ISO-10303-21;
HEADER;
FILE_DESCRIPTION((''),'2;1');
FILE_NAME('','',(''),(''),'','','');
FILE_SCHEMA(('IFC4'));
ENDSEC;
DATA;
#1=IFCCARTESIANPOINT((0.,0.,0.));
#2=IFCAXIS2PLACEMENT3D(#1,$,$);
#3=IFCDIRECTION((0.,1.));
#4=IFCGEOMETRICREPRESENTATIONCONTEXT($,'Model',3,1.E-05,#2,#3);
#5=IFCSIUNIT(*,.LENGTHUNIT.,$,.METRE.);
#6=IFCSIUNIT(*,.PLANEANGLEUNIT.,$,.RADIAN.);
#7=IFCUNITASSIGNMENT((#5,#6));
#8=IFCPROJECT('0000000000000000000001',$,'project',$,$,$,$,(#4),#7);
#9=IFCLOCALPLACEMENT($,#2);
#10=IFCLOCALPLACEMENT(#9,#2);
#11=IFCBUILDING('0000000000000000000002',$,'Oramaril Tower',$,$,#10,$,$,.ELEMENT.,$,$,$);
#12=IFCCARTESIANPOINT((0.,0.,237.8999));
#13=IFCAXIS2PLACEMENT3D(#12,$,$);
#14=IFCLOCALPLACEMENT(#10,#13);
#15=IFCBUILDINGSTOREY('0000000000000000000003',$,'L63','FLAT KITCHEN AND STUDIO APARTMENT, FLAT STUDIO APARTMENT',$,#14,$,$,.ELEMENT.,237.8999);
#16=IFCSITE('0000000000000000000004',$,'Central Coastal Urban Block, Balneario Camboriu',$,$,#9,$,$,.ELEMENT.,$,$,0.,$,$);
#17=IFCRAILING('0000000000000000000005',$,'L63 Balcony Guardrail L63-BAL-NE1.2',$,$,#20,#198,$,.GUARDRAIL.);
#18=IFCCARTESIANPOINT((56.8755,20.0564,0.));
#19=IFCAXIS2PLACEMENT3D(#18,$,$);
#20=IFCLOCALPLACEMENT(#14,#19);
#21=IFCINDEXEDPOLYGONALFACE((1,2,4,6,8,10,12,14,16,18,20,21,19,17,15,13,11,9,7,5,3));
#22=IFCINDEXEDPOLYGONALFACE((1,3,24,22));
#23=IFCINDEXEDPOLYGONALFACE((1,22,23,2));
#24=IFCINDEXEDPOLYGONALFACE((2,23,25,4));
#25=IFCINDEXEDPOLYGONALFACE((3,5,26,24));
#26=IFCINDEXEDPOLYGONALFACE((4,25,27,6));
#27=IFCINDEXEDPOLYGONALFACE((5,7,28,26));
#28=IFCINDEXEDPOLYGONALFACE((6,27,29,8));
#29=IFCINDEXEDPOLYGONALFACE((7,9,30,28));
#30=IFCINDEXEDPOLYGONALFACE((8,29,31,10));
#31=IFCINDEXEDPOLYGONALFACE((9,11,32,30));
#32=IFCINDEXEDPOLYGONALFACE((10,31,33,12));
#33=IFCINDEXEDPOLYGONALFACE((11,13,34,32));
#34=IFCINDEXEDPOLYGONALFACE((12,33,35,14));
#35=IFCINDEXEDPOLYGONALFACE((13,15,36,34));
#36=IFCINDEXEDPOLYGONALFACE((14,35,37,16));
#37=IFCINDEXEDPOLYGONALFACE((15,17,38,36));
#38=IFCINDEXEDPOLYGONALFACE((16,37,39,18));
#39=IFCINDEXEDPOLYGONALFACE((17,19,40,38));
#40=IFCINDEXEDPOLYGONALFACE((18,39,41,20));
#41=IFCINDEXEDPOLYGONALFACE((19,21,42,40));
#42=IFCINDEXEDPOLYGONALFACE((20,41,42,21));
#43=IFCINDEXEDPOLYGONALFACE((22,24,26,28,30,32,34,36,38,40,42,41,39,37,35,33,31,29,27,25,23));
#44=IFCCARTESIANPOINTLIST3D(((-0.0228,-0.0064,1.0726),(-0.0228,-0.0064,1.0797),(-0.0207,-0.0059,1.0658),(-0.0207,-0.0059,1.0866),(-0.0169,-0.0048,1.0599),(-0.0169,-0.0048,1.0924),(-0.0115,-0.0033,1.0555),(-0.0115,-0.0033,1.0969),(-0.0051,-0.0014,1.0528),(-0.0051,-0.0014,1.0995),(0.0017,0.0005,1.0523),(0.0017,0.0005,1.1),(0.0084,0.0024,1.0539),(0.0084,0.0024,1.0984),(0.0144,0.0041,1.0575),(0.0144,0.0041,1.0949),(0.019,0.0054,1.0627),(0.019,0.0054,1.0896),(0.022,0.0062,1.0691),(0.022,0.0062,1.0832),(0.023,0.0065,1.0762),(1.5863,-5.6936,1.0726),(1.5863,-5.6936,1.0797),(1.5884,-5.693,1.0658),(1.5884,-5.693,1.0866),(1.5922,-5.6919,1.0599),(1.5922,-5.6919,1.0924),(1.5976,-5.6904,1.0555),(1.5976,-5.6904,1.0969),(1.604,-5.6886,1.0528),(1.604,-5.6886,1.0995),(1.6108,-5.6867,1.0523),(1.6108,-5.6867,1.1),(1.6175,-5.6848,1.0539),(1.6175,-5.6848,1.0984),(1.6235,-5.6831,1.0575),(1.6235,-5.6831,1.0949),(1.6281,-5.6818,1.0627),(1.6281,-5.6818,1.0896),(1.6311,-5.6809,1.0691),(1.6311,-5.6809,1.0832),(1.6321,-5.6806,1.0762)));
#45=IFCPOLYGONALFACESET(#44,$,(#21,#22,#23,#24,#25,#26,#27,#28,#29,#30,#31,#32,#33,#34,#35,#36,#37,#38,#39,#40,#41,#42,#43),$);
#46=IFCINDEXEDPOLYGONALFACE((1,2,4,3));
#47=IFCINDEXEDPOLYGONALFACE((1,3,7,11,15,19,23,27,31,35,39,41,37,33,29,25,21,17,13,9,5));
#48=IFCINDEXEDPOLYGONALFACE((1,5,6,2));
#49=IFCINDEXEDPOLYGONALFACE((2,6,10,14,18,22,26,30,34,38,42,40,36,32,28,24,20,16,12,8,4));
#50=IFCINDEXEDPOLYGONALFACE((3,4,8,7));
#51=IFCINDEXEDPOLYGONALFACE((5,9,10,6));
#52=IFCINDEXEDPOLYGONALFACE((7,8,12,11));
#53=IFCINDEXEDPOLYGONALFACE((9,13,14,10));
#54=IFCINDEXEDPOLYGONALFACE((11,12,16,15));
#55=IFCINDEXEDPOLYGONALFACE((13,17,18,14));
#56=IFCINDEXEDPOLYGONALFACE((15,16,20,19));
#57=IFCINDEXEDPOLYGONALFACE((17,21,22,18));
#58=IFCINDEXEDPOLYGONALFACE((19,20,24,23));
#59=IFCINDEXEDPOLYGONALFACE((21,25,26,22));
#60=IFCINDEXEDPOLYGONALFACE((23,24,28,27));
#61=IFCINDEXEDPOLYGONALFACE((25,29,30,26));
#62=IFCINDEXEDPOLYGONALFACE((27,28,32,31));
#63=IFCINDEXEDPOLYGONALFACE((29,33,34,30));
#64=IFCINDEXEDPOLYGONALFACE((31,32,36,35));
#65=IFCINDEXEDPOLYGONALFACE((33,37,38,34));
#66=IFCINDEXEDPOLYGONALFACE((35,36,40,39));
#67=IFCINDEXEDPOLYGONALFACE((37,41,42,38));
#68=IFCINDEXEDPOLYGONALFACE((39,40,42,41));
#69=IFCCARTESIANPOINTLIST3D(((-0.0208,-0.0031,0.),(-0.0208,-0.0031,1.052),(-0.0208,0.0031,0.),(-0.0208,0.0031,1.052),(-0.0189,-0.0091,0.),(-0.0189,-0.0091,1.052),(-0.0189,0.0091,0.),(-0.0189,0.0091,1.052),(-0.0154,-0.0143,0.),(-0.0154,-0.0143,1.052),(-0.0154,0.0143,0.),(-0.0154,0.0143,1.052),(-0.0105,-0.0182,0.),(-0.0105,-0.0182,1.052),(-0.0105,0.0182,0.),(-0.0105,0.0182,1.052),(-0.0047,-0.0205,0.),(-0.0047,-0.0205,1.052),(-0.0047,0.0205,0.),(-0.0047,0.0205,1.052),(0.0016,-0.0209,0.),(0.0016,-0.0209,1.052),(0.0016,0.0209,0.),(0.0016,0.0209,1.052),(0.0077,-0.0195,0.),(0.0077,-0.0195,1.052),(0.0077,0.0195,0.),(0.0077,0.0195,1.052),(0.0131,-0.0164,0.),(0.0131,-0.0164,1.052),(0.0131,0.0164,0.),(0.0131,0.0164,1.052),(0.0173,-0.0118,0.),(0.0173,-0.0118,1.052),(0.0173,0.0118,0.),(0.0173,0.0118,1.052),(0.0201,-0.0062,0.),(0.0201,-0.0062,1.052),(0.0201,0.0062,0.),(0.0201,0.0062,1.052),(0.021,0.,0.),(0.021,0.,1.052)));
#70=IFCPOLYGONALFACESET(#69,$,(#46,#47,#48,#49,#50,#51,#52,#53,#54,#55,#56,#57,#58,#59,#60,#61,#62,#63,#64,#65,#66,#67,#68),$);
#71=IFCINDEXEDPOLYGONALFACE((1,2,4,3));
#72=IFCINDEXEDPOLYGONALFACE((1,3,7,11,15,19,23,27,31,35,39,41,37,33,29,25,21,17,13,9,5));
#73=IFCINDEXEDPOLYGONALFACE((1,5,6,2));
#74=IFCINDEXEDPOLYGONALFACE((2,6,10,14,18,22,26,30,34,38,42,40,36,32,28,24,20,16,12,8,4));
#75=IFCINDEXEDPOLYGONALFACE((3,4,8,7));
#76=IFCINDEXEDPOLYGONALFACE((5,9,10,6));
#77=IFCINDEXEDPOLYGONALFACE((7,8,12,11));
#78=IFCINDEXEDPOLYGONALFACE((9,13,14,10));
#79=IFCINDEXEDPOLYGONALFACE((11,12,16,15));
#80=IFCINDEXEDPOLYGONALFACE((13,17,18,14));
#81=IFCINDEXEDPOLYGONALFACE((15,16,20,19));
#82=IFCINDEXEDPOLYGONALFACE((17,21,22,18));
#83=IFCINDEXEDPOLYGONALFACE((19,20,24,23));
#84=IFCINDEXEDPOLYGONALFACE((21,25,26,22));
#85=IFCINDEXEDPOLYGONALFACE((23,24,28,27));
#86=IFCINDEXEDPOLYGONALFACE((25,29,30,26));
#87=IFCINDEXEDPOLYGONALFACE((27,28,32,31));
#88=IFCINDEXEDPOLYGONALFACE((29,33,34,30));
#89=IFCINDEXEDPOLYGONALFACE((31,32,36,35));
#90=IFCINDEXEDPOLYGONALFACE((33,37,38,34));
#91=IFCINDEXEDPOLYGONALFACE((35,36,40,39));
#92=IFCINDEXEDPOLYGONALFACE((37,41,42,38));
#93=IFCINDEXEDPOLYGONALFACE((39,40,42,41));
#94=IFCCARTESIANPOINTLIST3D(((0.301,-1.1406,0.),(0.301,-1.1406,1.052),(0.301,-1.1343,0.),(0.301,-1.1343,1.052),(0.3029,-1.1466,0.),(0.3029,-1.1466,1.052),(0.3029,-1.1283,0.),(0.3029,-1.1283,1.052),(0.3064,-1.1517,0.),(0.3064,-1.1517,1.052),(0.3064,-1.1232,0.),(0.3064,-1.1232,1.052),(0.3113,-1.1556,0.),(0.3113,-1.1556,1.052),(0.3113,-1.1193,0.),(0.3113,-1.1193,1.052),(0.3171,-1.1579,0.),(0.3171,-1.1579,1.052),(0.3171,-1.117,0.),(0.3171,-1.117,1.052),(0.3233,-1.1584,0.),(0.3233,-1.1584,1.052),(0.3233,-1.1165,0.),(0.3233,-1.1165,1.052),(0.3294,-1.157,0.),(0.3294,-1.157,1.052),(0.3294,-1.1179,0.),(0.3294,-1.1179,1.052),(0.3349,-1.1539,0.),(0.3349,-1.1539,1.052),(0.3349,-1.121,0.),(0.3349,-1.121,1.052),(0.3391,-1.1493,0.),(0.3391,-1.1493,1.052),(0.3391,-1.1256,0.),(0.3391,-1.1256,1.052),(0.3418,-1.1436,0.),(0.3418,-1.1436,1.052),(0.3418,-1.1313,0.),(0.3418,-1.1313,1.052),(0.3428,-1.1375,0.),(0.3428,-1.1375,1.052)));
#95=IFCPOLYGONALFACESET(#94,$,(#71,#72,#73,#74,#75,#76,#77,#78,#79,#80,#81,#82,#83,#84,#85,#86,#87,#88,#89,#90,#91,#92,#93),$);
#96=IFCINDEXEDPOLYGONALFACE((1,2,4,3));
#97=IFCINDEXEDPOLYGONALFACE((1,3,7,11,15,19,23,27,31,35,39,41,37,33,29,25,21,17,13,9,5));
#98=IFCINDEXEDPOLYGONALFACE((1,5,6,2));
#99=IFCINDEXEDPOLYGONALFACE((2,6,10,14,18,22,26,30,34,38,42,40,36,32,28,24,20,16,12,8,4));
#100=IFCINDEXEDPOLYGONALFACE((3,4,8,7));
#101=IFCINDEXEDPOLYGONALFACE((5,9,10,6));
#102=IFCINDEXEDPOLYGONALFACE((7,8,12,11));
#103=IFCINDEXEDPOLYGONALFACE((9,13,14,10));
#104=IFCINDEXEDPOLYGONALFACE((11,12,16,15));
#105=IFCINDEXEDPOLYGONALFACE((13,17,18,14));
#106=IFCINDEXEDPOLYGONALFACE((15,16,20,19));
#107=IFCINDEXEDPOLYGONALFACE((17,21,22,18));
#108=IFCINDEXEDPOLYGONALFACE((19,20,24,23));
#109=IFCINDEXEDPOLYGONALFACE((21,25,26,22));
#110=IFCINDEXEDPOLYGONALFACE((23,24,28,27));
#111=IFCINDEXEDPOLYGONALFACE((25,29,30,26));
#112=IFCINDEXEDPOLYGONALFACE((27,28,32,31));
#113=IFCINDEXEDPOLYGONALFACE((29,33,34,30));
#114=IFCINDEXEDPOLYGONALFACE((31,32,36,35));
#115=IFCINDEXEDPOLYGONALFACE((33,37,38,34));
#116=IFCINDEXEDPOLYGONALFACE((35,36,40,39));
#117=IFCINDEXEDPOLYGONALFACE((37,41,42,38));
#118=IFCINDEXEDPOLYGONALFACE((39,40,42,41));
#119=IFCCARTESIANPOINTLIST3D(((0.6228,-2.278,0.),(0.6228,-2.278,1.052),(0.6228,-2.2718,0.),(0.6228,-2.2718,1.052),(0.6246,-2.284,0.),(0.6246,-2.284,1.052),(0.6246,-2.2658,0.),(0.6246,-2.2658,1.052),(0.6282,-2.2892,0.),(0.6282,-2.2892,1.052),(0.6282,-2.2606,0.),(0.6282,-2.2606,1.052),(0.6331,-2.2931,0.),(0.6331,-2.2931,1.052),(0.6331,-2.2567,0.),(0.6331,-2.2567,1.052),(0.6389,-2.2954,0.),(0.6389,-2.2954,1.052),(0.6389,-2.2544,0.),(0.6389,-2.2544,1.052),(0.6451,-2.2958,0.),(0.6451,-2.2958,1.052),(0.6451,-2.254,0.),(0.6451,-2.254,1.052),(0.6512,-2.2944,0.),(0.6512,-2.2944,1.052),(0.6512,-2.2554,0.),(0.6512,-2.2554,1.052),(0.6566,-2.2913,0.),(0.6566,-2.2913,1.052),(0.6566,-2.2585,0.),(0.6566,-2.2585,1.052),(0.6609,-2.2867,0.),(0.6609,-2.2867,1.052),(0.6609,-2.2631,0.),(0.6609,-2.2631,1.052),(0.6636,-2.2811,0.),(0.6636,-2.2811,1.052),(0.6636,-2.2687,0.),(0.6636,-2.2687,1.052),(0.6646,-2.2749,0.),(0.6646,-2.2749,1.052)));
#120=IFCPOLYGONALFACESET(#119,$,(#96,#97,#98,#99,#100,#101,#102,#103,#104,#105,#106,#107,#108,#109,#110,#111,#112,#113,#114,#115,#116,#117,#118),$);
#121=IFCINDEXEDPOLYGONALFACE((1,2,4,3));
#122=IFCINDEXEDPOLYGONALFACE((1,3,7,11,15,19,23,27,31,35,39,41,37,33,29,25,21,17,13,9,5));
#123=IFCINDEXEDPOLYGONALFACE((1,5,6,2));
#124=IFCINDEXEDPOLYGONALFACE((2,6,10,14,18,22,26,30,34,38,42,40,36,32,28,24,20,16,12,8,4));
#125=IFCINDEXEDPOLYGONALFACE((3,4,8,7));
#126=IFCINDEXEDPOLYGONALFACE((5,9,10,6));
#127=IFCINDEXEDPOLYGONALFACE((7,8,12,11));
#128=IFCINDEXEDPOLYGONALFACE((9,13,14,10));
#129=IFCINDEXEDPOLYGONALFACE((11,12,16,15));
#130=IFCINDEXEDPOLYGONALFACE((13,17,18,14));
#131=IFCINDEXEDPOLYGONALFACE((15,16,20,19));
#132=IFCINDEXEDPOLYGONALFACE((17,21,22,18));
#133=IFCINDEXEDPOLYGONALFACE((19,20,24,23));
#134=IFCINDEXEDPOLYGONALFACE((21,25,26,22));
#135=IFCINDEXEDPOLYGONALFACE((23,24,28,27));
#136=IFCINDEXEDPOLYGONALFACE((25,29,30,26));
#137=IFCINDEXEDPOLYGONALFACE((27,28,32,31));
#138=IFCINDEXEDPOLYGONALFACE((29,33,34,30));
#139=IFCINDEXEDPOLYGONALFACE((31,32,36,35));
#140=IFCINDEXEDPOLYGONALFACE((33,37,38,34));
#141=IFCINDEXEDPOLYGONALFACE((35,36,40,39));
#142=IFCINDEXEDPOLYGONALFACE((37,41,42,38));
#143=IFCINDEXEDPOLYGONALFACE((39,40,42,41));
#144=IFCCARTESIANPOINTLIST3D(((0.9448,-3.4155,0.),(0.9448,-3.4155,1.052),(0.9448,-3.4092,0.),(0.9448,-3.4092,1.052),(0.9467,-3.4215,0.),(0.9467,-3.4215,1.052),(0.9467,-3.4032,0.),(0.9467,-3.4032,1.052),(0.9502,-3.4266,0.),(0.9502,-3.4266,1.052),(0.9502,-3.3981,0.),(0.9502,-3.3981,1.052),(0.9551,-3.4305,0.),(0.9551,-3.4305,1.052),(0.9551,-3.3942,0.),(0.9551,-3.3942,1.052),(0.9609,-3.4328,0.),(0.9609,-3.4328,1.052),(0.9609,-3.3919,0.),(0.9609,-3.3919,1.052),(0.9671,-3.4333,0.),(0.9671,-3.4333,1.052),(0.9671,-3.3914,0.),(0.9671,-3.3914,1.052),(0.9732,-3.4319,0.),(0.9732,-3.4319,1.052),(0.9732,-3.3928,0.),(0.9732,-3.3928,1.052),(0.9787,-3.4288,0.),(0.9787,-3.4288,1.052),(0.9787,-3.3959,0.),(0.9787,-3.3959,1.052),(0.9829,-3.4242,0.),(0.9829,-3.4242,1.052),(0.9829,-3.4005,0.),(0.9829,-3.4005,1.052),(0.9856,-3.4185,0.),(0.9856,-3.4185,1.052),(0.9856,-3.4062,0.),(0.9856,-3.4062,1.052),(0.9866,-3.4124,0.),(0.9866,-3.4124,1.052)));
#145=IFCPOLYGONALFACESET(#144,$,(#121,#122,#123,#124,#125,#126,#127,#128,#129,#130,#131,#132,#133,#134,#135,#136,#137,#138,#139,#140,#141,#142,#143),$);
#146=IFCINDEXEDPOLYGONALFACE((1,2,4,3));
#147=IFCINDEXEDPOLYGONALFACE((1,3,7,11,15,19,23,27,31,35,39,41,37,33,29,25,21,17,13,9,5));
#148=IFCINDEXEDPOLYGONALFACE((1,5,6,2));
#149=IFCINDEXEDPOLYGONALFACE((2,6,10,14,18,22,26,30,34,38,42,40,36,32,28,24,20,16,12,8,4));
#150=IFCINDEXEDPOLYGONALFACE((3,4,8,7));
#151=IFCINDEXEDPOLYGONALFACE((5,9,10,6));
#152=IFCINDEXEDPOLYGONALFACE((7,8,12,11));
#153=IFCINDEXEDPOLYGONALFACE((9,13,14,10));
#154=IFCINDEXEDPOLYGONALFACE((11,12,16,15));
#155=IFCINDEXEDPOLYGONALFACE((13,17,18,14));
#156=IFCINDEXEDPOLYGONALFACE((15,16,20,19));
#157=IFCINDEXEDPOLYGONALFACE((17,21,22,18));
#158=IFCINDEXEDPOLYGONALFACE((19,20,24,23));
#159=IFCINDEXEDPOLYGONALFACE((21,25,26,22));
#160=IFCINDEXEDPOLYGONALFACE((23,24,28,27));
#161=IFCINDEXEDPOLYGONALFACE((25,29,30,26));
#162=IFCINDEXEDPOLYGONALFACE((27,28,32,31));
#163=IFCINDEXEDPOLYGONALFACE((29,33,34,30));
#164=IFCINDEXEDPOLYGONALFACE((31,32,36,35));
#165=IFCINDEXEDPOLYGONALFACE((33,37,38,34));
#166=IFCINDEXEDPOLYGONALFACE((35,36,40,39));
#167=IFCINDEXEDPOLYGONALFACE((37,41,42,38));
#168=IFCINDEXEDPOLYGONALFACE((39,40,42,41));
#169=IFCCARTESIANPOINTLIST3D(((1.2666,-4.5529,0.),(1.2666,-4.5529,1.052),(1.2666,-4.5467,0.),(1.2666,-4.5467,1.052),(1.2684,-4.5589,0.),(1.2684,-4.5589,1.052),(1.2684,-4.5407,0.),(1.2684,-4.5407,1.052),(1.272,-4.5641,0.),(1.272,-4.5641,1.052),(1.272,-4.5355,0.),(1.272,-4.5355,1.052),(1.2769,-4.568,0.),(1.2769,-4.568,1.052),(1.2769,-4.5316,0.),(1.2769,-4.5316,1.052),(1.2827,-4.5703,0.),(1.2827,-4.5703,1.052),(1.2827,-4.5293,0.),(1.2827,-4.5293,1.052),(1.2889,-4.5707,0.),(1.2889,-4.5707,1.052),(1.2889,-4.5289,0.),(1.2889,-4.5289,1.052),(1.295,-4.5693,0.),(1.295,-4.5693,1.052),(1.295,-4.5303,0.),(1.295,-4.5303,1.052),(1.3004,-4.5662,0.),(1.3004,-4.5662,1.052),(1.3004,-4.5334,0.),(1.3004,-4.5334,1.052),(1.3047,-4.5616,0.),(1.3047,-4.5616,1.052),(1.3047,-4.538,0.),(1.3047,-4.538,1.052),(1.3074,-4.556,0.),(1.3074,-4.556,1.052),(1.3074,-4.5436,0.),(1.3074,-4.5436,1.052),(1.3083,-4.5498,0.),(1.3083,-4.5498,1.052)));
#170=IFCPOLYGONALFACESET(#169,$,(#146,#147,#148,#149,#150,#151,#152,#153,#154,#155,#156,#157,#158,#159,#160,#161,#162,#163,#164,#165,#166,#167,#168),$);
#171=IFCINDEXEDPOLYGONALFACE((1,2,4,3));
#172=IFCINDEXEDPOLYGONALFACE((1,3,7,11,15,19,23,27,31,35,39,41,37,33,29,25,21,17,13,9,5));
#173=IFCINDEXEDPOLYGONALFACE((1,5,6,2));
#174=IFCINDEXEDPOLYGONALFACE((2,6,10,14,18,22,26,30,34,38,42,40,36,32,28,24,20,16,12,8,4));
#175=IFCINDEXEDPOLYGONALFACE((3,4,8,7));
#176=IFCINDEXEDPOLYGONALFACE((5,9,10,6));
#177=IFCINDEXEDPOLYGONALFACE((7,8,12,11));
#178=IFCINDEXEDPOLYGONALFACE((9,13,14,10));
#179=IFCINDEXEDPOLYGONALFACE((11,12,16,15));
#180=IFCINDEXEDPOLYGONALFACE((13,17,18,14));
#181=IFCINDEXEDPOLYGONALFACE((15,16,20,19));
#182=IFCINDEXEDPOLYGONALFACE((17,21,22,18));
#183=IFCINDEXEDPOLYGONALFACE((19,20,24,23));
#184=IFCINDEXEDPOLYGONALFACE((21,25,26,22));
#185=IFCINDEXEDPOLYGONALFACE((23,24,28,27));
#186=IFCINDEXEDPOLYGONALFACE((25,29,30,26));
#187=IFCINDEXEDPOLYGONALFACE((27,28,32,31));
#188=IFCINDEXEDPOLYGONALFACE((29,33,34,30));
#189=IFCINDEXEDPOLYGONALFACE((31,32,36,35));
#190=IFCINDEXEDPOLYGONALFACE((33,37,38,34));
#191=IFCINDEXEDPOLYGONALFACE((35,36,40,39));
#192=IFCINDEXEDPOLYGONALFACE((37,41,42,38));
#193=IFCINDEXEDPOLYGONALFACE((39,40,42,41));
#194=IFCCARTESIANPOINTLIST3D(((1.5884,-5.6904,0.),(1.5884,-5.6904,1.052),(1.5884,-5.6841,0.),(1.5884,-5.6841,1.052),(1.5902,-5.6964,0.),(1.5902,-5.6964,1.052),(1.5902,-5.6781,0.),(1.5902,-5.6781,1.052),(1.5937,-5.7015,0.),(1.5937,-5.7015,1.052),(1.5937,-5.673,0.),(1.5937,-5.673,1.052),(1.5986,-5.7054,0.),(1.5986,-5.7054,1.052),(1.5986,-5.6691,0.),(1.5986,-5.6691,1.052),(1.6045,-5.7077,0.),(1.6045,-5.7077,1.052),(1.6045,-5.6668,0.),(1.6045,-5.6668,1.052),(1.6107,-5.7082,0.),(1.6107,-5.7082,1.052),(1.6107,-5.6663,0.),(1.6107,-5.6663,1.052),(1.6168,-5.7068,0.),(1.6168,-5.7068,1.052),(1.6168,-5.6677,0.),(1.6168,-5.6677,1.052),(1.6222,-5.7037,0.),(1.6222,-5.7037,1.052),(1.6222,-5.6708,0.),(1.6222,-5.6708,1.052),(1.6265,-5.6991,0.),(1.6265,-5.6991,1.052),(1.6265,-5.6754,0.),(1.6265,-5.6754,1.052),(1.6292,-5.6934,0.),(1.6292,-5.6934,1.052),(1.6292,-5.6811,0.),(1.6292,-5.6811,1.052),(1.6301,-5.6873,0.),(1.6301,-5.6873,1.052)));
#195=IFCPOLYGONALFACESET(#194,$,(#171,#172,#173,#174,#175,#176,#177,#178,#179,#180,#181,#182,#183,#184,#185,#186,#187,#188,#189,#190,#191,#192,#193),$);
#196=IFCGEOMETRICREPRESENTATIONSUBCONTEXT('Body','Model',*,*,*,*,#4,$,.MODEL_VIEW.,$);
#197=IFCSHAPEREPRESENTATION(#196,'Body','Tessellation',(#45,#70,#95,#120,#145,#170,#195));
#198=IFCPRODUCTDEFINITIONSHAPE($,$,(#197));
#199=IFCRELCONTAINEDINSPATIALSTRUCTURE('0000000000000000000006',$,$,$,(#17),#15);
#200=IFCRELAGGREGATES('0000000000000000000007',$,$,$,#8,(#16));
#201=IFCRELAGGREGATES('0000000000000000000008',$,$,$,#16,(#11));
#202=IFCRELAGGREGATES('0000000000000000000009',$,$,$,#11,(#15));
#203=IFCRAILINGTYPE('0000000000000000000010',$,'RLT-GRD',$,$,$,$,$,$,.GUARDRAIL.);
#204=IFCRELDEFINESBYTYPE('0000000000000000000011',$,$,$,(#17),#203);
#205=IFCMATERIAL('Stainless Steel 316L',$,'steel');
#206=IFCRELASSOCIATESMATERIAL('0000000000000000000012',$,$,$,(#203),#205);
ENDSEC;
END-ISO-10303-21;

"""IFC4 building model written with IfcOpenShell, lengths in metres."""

from ifc_helpers import new_model, si_unit, direction, frame, origin, origin_2d, place, context, subcontext, project, spatial, circle, extrude, material, type_object, element, save


model = new_model("IFC4")

# Units and contexts
model_context = context("Model", 3, precision=1e-05, world=origin(), true_north=direction((0.0, 1.0)))
body_context = subcontext(model_context, "Body", "Model", "MODEL_VIEW")
ifc_project = project(units=[si_unit("LENGTHUNIT", "METRE"), si_unit("PLANEANGLEUNIT", "RADIAN")], contexts=[model_context])

# Site, building, storey
site_placement = place(None, origin())
site = spatial("IfcSite", under=ifc_project, at=site_placement, Name="Central Coastal Urban Block, Balneario Camboriu", CompositionType="ELEMENT", RefElevation=0.0)
building_placement = place(site_placement, origin())
building = spatial("IfcBuilding", under=site, at=building_placement, Name="Oramaril Tower", CompositionType="ELEMENT")
storey_placement = place(building_placement, frame((0.0, 0.0, 237.8999)))
storey = spatial("IfcBuildingStorey", under=building, at=storey_placement, Name="L63", Description="FLAT KITCHEN AND STUDIO APARTMENT, FLAT STUDIO APARTMENT", CompositionType="ELEMENT", Elevation=237.8999)

# Railing
ifc_material_1 = material(Name="Stainless Steel 316L", Category="steel")
railing_type = type_object("IfcRailingType", Name="RLT-GRD", PredefinedType="GUARDRAIL", material=ifc_material_1)
railing_1_placement = place(storey_placement, frame((56.8755, 20.0564, 0.0)))
element("IfcRailing", 1, at=railing_1_placement, inside=storey, type_object=railing_type, Name="L63 Balcony Guardrail L63-BAL-NE1.2", PredefinedType="GUARDRAIL", context=body_context, shape_type="SweptSolid", body=[
    extrude(circle(Radius=0.0239, at=origin_2d()), frame((0.0, 0.0, 1.0762), z_axis=(0.272249, -0.962227, 0.0), x_axis=(0.962227, 0.272249, 0.0)), (0.0, 0.0, 1.0), 5.9104),
    extrude(circle(Radius=0.021, at=origin_2d()), origin(), (0.0, 0.0, 1.0), 1.052),
    extrude(circle(Radius=0.021, at=origin_2d()), frame((0.3218, -1.1375, 0.0)), (0.0, 0.0, 1.0), 1.052),
    extrude(circle(Radius=0.021, at=origin_2d()), frame((0.6436, -2.2749, 0.0)), (0.0, 0.0, 1.0), 1.052),
    extrude(circle(Radius=0.021, at=origin_2d()), frame((0.9656, -3.4124, 0.0)), (0.0, 0.0, 1.0), 1.052),
    extrude(circle(Radius=0.021, at=origin_2d()), frame((1.2874, -4.5498, 0.0)), (0.0, 0.0, 1.0), 1.052),
    extrude(circle(Radius=0.021, at=origin_2d()), frame((1.6091, -5.6873, 0.0)), (0.0, 0.0, 1.0), 1.052),
])

save(model, "model.ifc")
